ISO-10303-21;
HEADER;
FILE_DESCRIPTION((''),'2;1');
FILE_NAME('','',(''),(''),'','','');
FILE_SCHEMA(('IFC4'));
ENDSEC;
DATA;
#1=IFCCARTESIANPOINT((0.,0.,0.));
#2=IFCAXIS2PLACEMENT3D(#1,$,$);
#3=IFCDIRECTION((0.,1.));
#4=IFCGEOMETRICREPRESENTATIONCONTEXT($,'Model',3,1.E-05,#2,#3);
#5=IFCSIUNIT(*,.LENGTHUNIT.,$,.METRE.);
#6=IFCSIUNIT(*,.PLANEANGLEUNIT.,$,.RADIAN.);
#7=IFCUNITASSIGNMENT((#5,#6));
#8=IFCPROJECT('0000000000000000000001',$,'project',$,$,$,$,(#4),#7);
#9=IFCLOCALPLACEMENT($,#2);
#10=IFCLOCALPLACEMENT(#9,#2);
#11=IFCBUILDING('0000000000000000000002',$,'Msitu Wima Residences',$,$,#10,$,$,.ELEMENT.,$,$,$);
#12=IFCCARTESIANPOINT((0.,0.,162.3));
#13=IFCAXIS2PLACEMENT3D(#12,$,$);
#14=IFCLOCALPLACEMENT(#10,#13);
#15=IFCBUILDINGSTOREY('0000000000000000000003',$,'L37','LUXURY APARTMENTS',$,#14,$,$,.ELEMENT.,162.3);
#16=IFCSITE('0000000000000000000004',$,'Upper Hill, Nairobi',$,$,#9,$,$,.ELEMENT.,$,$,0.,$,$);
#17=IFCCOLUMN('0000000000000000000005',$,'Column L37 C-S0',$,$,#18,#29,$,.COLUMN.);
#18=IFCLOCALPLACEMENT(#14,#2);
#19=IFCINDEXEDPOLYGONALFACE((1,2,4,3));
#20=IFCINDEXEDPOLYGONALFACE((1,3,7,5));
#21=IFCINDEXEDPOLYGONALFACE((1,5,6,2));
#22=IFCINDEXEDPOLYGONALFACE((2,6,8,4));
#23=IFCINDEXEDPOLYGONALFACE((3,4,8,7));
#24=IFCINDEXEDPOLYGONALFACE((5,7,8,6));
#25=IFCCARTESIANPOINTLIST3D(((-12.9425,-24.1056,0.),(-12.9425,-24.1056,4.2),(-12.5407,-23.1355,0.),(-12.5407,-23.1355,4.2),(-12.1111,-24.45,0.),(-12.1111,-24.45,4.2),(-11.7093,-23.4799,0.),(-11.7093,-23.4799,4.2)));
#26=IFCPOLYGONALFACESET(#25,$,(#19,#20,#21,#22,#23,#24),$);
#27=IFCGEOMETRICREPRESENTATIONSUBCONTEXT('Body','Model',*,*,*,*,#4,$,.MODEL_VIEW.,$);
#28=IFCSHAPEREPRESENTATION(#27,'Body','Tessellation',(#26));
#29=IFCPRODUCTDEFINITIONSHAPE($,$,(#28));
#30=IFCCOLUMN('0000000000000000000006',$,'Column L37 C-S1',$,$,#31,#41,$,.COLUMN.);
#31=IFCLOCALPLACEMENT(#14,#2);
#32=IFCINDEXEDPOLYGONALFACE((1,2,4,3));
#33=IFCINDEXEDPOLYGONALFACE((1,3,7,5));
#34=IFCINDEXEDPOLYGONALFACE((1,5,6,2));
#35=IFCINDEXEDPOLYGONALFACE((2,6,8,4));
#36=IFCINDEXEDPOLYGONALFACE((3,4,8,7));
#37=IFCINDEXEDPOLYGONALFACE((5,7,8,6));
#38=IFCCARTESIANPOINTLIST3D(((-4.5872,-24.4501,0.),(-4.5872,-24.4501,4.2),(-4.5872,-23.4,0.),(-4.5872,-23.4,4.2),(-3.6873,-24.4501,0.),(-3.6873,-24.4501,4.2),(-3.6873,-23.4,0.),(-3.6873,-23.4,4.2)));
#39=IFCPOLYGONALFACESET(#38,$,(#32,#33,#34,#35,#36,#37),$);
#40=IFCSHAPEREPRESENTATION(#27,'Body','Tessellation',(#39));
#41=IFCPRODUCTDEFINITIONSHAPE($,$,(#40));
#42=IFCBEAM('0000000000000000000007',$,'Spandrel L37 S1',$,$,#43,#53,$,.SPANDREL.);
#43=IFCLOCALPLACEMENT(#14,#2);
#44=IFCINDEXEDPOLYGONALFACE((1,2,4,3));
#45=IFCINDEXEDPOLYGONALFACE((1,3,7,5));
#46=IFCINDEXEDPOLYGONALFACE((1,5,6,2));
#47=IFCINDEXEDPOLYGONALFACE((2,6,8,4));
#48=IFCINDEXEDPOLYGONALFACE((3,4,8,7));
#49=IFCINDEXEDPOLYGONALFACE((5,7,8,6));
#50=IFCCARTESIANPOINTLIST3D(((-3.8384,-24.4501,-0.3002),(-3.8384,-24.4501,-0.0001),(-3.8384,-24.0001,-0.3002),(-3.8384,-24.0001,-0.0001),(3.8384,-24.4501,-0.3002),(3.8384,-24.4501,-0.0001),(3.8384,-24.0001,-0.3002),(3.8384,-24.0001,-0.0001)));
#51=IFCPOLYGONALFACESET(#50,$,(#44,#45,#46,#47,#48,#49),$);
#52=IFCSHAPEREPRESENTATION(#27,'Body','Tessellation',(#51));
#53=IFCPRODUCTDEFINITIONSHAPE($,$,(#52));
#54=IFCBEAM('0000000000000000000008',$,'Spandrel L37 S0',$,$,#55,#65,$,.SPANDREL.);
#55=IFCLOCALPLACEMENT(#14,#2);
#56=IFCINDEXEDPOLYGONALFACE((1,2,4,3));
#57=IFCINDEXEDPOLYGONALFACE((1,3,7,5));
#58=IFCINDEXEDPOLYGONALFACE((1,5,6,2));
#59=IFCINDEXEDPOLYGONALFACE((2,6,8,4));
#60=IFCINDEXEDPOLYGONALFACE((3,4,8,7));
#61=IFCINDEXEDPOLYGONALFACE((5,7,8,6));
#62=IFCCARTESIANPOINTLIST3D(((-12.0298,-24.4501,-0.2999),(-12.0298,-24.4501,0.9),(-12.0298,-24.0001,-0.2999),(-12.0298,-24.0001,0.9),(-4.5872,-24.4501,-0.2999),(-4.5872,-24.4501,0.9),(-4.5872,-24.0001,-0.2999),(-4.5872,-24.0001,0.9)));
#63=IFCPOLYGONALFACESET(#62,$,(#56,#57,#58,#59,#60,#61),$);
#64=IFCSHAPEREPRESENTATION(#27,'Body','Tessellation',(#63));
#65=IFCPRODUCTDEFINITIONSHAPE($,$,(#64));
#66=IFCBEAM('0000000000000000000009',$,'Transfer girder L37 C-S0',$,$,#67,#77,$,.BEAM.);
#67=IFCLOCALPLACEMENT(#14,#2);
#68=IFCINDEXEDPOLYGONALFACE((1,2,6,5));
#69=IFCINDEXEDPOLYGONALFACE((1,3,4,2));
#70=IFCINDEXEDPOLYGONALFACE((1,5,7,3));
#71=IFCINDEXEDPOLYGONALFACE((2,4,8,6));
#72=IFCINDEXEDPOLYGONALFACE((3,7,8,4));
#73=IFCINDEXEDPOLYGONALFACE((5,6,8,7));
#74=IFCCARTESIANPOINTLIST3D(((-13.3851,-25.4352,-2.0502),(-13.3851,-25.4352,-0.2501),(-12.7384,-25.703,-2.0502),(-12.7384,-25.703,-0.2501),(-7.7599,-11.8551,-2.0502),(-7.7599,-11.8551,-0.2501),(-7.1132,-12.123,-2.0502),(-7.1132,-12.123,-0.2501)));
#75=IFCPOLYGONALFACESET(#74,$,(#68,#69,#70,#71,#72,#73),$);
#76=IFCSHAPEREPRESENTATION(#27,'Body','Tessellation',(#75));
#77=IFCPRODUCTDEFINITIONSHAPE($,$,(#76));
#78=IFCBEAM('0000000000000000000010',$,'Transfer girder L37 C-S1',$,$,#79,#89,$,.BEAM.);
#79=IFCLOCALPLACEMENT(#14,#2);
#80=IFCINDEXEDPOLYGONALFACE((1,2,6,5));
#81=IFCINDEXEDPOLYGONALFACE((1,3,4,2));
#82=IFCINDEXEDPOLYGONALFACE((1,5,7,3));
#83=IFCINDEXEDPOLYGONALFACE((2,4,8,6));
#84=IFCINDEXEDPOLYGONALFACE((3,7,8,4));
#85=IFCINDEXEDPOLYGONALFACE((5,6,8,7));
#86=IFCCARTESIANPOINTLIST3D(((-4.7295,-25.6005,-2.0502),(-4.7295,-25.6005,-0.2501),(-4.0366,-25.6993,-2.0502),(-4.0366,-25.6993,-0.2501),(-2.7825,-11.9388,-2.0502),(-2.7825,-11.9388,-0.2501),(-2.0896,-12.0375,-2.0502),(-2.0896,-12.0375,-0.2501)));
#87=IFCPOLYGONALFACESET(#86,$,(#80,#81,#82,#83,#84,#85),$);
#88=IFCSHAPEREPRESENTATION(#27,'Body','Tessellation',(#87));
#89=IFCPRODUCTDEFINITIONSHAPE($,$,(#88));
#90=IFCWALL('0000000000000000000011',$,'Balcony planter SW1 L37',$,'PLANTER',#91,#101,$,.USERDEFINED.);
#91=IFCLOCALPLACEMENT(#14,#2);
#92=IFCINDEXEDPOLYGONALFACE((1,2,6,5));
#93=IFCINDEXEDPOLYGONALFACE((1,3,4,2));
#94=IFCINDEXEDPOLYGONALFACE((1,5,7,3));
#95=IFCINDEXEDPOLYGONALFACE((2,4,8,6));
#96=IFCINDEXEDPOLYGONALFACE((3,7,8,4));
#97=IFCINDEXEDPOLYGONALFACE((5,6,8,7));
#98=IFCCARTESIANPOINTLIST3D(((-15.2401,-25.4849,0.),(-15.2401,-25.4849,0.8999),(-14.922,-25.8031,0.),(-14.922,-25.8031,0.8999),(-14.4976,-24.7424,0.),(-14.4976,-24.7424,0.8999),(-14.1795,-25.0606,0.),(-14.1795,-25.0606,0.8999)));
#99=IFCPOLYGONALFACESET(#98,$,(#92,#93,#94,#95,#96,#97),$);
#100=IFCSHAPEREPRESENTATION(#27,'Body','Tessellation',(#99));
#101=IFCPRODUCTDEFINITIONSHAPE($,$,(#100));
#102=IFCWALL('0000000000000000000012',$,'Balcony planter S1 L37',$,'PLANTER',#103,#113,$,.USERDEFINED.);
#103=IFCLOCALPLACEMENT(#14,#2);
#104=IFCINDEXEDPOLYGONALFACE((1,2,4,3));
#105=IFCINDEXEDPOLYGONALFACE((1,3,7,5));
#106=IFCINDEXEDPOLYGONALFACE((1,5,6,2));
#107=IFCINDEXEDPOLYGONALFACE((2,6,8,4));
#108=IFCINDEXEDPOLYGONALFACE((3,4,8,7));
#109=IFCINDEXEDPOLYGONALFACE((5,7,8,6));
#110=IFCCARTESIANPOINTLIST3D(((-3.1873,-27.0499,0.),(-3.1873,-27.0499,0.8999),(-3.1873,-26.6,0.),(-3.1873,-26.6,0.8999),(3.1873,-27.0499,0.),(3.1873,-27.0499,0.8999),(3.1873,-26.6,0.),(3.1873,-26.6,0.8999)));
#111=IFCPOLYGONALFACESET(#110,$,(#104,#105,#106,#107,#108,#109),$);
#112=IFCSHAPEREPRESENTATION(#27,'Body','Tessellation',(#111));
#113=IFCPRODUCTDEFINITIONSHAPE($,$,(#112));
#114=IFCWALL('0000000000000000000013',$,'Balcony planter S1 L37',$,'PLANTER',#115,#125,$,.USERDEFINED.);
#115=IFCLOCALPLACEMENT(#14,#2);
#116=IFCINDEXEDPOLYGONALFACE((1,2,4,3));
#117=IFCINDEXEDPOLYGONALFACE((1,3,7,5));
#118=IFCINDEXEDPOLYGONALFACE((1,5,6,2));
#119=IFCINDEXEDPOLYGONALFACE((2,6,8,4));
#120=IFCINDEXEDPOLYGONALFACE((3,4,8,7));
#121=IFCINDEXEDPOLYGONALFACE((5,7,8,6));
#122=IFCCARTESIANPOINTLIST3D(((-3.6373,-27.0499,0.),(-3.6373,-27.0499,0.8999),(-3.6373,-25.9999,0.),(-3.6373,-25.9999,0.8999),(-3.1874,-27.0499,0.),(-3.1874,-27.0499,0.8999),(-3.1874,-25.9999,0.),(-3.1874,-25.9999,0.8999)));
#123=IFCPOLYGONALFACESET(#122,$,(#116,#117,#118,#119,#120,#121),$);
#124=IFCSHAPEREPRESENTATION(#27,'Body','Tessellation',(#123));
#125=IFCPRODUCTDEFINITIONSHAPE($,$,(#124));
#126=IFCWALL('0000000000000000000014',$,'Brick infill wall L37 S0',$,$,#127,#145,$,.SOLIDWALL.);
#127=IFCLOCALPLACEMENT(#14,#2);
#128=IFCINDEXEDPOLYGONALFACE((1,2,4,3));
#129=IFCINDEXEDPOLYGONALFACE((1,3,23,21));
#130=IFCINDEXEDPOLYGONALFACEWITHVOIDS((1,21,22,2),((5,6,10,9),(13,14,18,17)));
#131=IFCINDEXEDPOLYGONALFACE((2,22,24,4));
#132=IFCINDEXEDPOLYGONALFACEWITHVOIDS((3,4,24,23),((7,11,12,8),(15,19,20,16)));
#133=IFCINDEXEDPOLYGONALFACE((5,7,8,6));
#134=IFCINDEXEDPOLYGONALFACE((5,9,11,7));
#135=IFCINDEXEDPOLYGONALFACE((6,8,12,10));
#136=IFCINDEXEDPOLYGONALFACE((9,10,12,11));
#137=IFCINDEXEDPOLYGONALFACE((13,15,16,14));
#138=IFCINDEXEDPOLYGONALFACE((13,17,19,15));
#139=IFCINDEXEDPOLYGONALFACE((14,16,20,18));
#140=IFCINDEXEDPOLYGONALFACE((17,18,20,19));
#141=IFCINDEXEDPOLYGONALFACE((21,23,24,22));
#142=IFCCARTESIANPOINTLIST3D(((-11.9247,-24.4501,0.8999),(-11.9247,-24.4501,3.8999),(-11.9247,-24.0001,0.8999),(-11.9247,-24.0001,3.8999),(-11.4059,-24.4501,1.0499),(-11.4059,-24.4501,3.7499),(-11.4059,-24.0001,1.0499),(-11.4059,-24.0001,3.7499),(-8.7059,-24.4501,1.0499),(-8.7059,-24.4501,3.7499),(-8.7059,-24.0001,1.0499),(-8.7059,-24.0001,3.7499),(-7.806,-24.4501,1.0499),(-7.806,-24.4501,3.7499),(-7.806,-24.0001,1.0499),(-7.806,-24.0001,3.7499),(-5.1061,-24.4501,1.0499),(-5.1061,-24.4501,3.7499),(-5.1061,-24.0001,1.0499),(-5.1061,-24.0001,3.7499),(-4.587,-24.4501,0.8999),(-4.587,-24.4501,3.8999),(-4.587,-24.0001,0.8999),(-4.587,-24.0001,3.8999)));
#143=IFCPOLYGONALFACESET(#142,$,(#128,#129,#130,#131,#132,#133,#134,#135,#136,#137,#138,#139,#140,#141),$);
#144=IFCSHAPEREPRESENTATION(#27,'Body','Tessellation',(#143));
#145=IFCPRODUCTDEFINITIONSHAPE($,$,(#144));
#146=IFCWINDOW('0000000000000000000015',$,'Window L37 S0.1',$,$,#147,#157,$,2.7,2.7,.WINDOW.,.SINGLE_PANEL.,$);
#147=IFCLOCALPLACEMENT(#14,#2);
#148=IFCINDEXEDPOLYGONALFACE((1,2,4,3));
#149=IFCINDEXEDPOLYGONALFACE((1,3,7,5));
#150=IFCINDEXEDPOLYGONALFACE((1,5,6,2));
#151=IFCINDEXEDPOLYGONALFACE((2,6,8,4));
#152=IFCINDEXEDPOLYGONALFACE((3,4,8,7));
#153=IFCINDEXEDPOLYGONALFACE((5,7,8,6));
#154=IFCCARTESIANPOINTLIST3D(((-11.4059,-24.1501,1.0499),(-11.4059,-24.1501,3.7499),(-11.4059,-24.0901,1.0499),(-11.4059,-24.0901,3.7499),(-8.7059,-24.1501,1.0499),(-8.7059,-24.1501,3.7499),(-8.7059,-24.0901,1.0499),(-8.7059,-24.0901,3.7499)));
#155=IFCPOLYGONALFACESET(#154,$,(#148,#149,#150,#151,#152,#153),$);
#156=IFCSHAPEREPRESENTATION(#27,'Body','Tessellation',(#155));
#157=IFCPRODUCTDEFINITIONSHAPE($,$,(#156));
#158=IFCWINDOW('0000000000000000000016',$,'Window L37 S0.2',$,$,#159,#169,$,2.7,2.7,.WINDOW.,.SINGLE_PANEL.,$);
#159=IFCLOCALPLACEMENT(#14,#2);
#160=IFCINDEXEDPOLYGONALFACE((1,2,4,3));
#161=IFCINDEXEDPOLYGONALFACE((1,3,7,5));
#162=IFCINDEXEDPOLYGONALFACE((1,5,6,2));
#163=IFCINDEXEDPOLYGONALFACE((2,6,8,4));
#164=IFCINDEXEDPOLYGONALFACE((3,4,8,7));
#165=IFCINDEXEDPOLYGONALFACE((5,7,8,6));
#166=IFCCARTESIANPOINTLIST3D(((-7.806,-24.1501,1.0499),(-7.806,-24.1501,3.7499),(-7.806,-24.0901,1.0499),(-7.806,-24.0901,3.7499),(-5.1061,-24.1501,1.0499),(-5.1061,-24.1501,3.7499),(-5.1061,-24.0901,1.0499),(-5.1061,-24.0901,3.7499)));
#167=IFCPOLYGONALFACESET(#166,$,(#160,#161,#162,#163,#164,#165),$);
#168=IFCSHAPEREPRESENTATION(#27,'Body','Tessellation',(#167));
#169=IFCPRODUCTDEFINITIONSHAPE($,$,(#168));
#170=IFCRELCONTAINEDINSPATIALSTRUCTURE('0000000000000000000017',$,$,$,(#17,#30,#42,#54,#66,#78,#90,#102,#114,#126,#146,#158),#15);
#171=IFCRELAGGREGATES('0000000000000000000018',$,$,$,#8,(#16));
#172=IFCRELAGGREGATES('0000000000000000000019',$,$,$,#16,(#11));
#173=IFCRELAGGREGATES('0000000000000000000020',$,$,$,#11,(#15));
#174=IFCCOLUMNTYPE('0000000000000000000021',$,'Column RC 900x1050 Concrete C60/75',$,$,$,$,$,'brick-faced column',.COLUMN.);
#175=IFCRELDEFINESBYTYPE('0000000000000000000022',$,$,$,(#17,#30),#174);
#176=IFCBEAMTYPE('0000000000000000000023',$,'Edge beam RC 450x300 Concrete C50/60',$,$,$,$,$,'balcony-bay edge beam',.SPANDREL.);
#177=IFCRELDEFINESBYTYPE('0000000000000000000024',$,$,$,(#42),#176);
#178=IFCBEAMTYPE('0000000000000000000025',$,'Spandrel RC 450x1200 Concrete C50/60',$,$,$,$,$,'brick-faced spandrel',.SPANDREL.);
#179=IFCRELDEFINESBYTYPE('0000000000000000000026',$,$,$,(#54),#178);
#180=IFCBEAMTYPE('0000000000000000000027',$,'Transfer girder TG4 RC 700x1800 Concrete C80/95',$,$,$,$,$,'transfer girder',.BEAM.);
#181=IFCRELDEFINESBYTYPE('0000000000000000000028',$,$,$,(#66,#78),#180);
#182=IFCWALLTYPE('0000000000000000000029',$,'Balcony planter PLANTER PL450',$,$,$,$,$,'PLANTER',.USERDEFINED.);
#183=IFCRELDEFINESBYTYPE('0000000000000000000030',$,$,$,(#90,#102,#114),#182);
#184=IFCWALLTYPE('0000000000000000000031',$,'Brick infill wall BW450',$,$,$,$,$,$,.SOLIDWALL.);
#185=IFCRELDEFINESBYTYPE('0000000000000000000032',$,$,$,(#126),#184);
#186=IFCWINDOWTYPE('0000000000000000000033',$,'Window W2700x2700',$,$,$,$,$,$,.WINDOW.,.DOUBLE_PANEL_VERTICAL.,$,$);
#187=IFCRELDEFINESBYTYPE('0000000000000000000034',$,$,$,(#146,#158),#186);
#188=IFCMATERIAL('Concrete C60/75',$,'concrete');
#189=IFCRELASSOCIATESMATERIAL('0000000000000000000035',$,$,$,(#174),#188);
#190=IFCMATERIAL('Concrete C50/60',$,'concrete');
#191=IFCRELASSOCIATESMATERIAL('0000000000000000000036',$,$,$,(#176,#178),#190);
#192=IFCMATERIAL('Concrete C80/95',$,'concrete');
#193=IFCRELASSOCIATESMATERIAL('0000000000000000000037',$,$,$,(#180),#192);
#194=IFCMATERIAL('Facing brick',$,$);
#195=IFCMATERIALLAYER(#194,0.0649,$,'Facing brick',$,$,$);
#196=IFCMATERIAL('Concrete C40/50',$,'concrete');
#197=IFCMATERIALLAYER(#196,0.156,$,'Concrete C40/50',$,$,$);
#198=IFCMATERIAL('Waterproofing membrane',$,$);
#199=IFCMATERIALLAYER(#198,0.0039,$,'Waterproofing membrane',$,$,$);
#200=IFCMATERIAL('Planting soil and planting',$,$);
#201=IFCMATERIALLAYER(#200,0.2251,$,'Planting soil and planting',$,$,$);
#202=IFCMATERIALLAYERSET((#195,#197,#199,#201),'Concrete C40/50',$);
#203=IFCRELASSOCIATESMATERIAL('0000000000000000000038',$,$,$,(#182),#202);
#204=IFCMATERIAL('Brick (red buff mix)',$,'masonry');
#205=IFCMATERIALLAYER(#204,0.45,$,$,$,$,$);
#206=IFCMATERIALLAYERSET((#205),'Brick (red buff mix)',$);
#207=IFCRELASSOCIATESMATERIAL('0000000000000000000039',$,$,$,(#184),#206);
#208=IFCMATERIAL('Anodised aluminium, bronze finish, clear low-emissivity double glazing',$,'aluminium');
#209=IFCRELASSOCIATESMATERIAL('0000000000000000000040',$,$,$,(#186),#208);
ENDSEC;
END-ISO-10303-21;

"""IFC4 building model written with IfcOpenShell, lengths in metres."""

from ifc_helpers import new_model, si_unit, direction, frame, frame_2d, origin, origin_2d, place, context, subcontext, project, spatial, rectangle, extrude, material, layer, layer_set, material_profile, profile_set, type_object, element, fill, save


model = new_model("IFC4")

# Units and contexts
model_context = context("Model", 3, precision=1e-05, world=origin(), true_north=direction((0.0, 1.0)))
body_context = subcontext(model_context, "Body", "Model", "MODEL_VIEW")
ifc_project = project(units=[si_unit("LENGTHUNIT", "METRE"), si_unit("PLANEANGLEUNIT", "RADIAN")], contexts=[model_context])

# Site, building, storey
site_placement = place(None, origin())
site = spatial("IfcSite", under=ifc_project, at=site_placement, Name="Upper Hill, Nairobi", CompositionType="ELEMENT", RefElevation=0.0)
building_placement = place(site_placement, origin())
building = spatial("IfcBuilding", under=site, at=building_placement, Name="Msitu Wima Residences", CompositionType="ELEMENT")
storey_placement = place(building_placement, frame((0.0, 0.0, 162.3)))
storey = spatial("IfcBuildingStorey", under=building, at=storey_placement, Name="L37", Description="LUXURY APARTMENTS", CompositionType="ELEMENT", Elevation=162.3)

# Columns
ifc_material_1 = material(Name="Concrete C60/75", Category="concrete")
ifc_material_profile_1 = material_profile(ifc_material_1, rectangle(XDim=0.8999, YDim=1.05, at=origin_2d()), Name="RC 900x1050")
ifc_profile_set_1 = profile_set([ifc_material_profile_1], Name="Concrete C60/75")
column_type = type_object("IfcColumnType", Name="Column RC 900x1050 Concrete C60/75", ElementType="brick-faced column", PredefinedType="COLUMN", material=ifc_profile_set_1)
for number, where, z_axis, x_axis, name in (
    (1, (-12.3259, -23.7927, 0.0), (0.0, 0.0, 1.0), (0.92388, -0.382683, 0.0), "Column L37 C-S0"),
    (2, (-4.1372, -23.925, 0.0), (0.0, 0.0, 1.0), (1.0, 0.0, 0.0), "Column L37 C-S1"),
):
    element("IfcColumn", number, at=place(storey_placement, frame(where, z_axis=z_axis, x_axis=x_axis)), inside=storey, type_object=column_type, Name=name, PredefinedType="COLUMN", context=body_context, shape_type="SweptSolid", body=[
        extrude(rectangle(XDim=0.8999, YDim=1.05, at=origin_2d()), origin(), (0.0, 0.0, 1.0), 4.2),
    ])

# Beams
ifc_material_2 = material(Name="Concrete C50/60", Category="concrete")
ifc_material_profile_2 = material_profile(ifc_material_2, rectangle(XDim=0.45, YDim=0.3, at=origin_2d()), Name="RC 450x300")
ifc_profile_set_2 = profile_set([ifc_material_profile_2], Name="Concrete C50/60")
beam_type_1 = type_object("IfcBeamType", Name="Edge beam RC 450x300 Concrete C50/60", ElementType="balcony-bay edge beam", PredefinedType="SPANDREL", material=ifc_profile_set_2)
beam_1_placement = place(storey_placement, frame((-3.8384, -24.2251, -0.1501), z_axis=(1.0, 0.0, 0.0), x_axis=(0.0, 1.0, 0.0)))
element("IfcBeam", 3, at=beam_1_placement, inside=storey, type_object=beam_type_1, Name="Spandrel L37 S1", PredefinedType="SPANDREL", context=body_context, shape_type="SweptSolid", body=[
    extrude(rectangle(XDim=0.45, YDim=0.3, at=origin_2d()), origin(), (0.0, 0.0, 1.0), 7.6768),
])
ifc_material_profile_3 = material_profile(ifc_material_2, rectangle(XDim=0.45, YDim=1.2, at=origin_2d()), Name="RC 450x1200")
ifc_profile_set_3 = profile_set([ifc_material_profile_3], Name="Concrete C50/60")
beam_type_2 = type_object("IfcBeamType", Name="Spandrel RC 450x1200 Concrete C50/60", ElementType="brick-faced spandrel", PredefinedType="SPANDREL", material=ifc_profile_set_3)
beam_2_placement = place(storey_placement, frame((-12.0298, -24.2251, 0.3), z_axis=(1.0, 0.0, 0.0), x_axis=(0.0, 1.0, 0.0)))
element("IfcBeam", 4, at=beam_2_placement, inside=storey, type_object=beam_type_2, Name="Spandrel L37 S0", PredefinedType="SPANDREL", context=body_context, shape_type="SweptSolid", body=[
    extrude(rectangle(XDim=0.45, YDim=1.2, at=origin_2d()), origin(), (0.0, 0.0, 1.0), 7.4426),
])
ifc_material_3 = material(Name="Concrete C80/95", Category="concrete")
ifc_material_profile_4 = material_profile(ifc_material_3, rectangle(XDim=0.7, YDim=1.8, at=origin_2d()), Name="RC 700x1800")
ifc_profile_set_4 = profile_set([ifc_material_profile_4], Name="Concrete C80/95")
beam_type_3 = type_object("IfcBeamType", Name="Transfer girder TG4 RC 700x1800 Concrete C80/95", ElementType="transfer girder", PredefinedType="BEAM", material=ifc_profile_set_4)
beam_3_placement = place(storey_placement, frame((-13.0618, -25.5691, -1.1501), z_axis=(0.382695, 0.923875, 0.0), x_axis=(-0.923875, 0.382695, 0.0)))
element("IfcBeam", 5, at=beam_3_placement, inside=storey, type_object=beam_type_3, Name="Transfer girder L37 C-S0", PredefinedType="BEAM", context=body_context, shape_type="SweptSolid", body=[
    extrude(rectangle(XDim=0.7, YDim=1.8, at=origin_2d()), origin(), (0.0, 0.0, 1.0), 14.699),
])
beam_4_placement = place(storey_placement, frame((-4.3831, -25.6499, -1.1501), z_axis=(0.141089, 0.989997, 0.0), x_axis=(-0.989997, 0.141089, 0.0)))
element("IfcBeam", 6, at=beam_4_placement, inside=storey, type_object=beam_type_3, Name="Transfer girder L37 C-S1", PredefinedType="BEAM", context=body_context, shape_type="SweptSolid", body=[
    extrude(rectangle(XDim=0.7, YDim=1.8, at=origin_2d()), origin(), (0.0, 0.0, 1.0), 13.7998),
])

# Walls
ifc_material_4 = material(Name="Facing brick")
ifc_layer_1 = layer(ifc_material_4, 0.0649, Name="Facing brick")
ifc_material_5 = material(Name="Concrete C40/50", Category="concrete")
ifc_layer_2 = layer(ifc_material_5, 0.156, Name="Concrete C40/50")
ifc_material_6 = material(Name="Waterproofing membrane")
ifc_layer_3 = layer(ifc_material_6, 0.0039, Name="Waterproofing membrane")
ifc_material_7 = material(Name="Planting soil and planting")
ifc_layer_4 = layer(ifc_material_7, 0.2251, Name="Planting soil and planting")
ifc_layer_set_1 = layer_set([ifc_layer_1, ifc_layer_2, ifc_layer_3, ifc_layer_4], Name="Concrete C40/50")
wall_type_1 = type_object("IfcWallType", Name="Balcony planter PLANTER PL450", ElementType="PLANTER", PredefinedType="USERDEFINED", material=ifc_layer_set_1)
wall_1_placement = place(storey_placement, frame((-14.3386, -24.9016, 0.0), z_axis=(0.0, 0.0, 1.0), x_axis=(-0.707107, -0.707107, 0.0)))
element("IfcWall", 7, at=wall_1_placement, inside=storey, type_object=wall_type_1, Name="Balcony planter SW1 L37", ObjectType="PLANTER", PredefinedType="USERDEFINED", context=body_context, shape_type="SweptSolid", body=[
    extrude(rectangle(XDim=1.05, YDim=0.45, at=frame_2d((0.5249, 0.0))), origin(), (0.0, 0.0, 1.0), 0.8999),
])
wall_2_placement = place(storey_placement, frame((-3.1873, -26.825, 0.0), z_axis=(0.0, 0.0, 1.0), x_axis=(1.0, 0.0, 0.0)))
element("IfcWall", 8, at=wall_2_placement, inside=storey, type_object=wall_type_1, Name="Balcony planter S1 L37", ObjectType="PLANTER", PredefinedType="USERDEFINED", context=body_context, shape_type="SweptSolid", body=[
    extrude(rectangle(XDim=6.3745, YDim=0.45, at=frame_2d((3.1873, 0.0))), origin(), (0.0, 0.0, 1.0), 0.8999),
])
wall_3_placement = place(storey_placement, frame((-3.4124, -26.0, 0.0), z_axis=(0.0, 0.0, 1.0), x_axis=(0.0, -1.0, 0.0)))
element("IfcWall", 9, at=wall_3_placement, inside=storey, type_object=wall_type_1, Name="Balcony planter S1 L37", ObjectType="PLANTER", PredefinedType="USERDEFINED", context=body_context, shape_type="SweptSolid", body=[
    extrude(rectangle(XDim=1.05, YDim=0.45, at=frame_2d((0.5249, 0.0))), origin(), (0.0, 0.0, 1.0), 0.8999),
])

# Wall, openings, windows
ifc_material_8 = material(Name="Brick (red buff mix)", Category="masonry")
ifc_layer_5 = layer(ifc_material_8, 0.45)
ifc_layer_set_2 = layer_set([ifc_layer_5], Name="Brick (red buff mix)")
wall_type_2 = type_object("IfcWallType", Name="Brick infill wall BW450", PredefinedType="SOLIDWALL", material=ifc_layer_set_2)
wall_4_placement = place(storey_placement, frame((-11.9248, -24.2251, 0.8999), z_axis=(0.0, 0.0, 1.0), x_axis=(1.0, 0.0, 0.0)))
wall_4 = element("IfcWall", 10, at=wall_4_placement, inside=storey, type_object=wall_type_2, Name="Brick infill wall L37 S0", PredefinedType="SOLIDWALL", context=body_context, shape_type="SweptSolid", body=[
    extrude(rectangle(XDim=7.3376, YDim=0.45, at=frame_2d((3.6689, 0.0))), origin(), (0.0, 0.0, 1.0), 3.0),
])
opening_1_placement = place(wall_4_placement, frame((0.5188, 0.0, 0.1499)))
opening_1 = element("IfcOpeningElement", 11, at=opening_1_placement, cuts=wall_4, PredefinedType="OPENING", context=body_context, shape_type="SweptSolid", body=[
    extrude(rectangle(XDim=2.7, YDim=2.7, at=frame_2d((1.3501, 1.3501))), frame((0.0, 0.2349, 0.0), z_axis=(0.0, -1.0, 0.0), x_axis=(1.0, 0.0, 0.0)), (0.0, 0.0, 1.0), 0.47),
])
opening_2_placement = place(wall_4_placement, frame((4.1187, 0.0, 0.1499)))
opening_2 = element("IfcOpeningElement", 12, at=opening_2_placement, cuts=wall_4, PredefinedType="OPENING", context=body_context, shape_type="SweptSolid", body=[
    extrude(rectangle(XDim=2.7, YDim=2.7, at=frame_2d((1.3501, 1.3501))), frame((0.0, 0.2349, 0.0), z_axis=(0.0, -1.0, 0.0), x_axis=(1.0, 0.0, 0.0)), (0.0, 0.0, 1.0), 0.47),
])
ifc_material_9 = material(Name="Anodised aluminium, bronze finish, clear low-emissivity double glazing", Category="aluminium")
window_type = type_object("IfcWindowType", Name="Window W2700x2700", PartitioningType="DOUBLE_PANEL_VERTICAL", PredefinedType="WINDOW", material=ifc_material_9)
window_1_placement = place(opening_1_placement, origin())
window_1 = element("IfcWindow", 13, at=window_1_placement, inside=storey, type_object=window_type, Name="Window L37 S0.1", OverallHeight=2.7, OverallWidth=2.7, PartitioningType="SINGLE_PANEL", PredefinedType="WINDOW", context=body_context, shape_type="SweptSolid", body=[
    extrude(rectangle(XDim=2.7, YDim=2.7, at=frame_2d((1.3501, 1.3501))), frame((0.0, 0.135, 0.0), z_axis=(0.0, -1.0, 0.0), x_axis=(1.0, 0.0, 0.0)), (0.0, 0.0, 1.0), 0.0601),
])
fill(opening_1, window_1)
window_2_placement = place(opening_2_placement, origin())
window_2 = element("IfcWindow", 14, at=window_2_placement, inside=storey, type_object=window_type, Name="Window L37 S0.2", OverallHeight=2.7, OverallWidth=2.7, PartitioningType="SINGLE_PANEL", PredefinedType="WINDOW", context=body_context, shape_type="SweptSolid", body=[
    extrude(rectangle(XDim=2.7, YDim=2.7, at=frame_2d((1.3501, 1.3501))), frame((0.0, 0.135, 0.0), z_axis=(0.0, -1.0, 0.0), x_axis=(1.0, 0.0, 0.0)), (0.0, 0.0, 1.0), 0.0601),
])
fill(opening_2, window_2)

save(model, "model.ifc")
